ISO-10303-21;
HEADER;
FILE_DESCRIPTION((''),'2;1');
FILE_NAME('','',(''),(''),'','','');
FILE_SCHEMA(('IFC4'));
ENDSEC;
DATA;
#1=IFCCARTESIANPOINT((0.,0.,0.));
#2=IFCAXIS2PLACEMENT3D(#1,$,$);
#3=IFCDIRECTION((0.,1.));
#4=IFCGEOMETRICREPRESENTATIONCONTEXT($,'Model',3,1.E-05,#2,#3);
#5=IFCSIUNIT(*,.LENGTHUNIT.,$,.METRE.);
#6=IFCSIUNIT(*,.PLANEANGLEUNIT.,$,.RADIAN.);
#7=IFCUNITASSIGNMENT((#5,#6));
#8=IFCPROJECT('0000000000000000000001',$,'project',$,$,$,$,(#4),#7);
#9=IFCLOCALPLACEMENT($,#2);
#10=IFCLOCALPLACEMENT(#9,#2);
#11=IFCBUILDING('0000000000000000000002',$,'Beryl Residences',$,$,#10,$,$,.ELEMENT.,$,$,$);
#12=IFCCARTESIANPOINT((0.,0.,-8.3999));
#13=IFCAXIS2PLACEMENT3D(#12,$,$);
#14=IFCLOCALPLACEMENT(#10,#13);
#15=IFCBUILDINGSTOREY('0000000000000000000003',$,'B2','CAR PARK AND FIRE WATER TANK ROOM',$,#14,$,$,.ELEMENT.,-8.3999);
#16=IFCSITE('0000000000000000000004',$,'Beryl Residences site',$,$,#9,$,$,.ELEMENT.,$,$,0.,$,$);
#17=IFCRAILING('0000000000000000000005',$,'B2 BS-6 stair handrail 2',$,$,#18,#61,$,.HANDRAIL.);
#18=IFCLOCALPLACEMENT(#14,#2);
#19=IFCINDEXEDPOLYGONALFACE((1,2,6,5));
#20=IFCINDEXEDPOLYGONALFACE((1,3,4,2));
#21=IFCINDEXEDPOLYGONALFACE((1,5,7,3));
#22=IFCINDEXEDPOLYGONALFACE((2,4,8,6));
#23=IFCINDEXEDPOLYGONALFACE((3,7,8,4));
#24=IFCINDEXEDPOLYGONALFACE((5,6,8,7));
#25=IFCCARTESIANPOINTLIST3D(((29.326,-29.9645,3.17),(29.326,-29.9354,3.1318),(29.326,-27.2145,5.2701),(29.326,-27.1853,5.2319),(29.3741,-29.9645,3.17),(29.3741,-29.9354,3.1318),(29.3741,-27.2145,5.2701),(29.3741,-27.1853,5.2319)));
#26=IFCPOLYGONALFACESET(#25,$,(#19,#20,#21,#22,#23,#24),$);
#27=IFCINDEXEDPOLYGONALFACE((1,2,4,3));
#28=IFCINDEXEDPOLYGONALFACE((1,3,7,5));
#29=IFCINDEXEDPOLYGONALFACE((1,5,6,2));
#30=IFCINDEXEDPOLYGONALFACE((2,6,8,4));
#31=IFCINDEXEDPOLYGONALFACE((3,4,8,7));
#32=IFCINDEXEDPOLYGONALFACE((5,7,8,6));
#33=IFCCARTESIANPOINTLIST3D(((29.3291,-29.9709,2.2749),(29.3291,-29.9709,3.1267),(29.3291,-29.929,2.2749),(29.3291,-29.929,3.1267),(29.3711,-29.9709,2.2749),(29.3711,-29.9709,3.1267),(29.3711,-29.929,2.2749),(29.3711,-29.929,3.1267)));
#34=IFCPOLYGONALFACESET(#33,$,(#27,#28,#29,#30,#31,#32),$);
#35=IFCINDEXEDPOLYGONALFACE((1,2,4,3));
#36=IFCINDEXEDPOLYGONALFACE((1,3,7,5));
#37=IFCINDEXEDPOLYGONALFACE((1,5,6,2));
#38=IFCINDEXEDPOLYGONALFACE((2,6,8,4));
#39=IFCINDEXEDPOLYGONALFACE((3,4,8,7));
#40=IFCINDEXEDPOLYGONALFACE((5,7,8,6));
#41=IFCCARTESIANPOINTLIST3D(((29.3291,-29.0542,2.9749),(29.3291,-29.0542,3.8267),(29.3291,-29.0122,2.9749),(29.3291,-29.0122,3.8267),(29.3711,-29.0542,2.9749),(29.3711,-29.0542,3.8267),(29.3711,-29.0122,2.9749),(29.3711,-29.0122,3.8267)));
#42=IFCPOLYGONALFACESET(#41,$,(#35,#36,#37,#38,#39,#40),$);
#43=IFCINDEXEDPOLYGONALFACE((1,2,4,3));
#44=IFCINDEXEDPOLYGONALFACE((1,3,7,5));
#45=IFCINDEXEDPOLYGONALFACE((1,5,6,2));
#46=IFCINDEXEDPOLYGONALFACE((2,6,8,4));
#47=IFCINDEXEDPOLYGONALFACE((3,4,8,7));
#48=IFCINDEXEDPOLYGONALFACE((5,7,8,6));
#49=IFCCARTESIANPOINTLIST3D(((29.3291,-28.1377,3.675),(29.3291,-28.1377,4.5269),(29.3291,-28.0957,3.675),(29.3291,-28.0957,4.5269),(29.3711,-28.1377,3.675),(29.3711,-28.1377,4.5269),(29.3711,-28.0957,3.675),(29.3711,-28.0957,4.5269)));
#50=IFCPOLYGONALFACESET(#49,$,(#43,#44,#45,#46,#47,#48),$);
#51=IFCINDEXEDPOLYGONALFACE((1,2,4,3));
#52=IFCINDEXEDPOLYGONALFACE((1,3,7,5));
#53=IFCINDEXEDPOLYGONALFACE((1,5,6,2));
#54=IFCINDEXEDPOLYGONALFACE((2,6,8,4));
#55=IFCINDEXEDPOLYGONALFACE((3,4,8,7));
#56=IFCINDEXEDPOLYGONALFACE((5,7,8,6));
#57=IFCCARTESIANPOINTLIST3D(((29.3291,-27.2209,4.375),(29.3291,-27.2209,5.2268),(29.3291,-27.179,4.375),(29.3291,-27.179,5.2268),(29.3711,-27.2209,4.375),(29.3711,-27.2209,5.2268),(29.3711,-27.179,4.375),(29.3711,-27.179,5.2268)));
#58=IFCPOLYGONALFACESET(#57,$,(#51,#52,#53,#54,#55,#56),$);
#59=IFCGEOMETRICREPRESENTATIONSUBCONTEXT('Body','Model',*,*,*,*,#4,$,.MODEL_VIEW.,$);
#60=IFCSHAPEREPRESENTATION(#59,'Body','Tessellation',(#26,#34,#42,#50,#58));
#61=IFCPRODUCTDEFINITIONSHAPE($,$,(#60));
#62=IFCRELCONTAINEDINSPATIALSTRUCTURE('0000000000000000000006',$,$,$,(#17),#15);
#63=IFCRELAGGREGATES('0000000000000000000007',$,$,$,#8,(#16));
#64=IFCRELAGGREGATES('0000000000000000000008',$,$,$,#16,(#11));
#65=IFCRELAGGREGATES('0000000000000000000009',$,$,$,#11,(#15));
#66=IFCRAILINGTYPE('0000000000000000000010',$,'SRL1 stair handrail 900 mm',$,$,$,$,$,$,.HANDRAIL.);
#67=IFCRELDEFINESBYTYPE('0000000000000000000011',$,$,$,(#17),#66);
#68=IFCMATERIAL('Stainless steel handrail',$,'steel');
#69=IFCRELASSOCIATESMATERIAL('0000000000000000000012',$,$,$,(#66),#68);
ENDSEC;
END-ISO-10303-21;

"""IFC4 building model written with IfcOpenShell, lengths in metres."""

from ifc_helpers import new_model, si_unit, direction, frame, origin, origin_2d, place, context, subcontext, project, spatial, rectangle, extrude, material, type_object, element, save


model = new_model("IFC4")

# Units and contexts
model_context = context("Model", 3, precision=1e-05, world=origin(), true_north=direction((0.0, 1.0)))
body_context = subcontext(model_context, "Body", "Model", "MODEL_VIEW")
ifc_project = project(units=[si_unit("LENGTHUNIT", "METRE"), si_unit("PLANEANGLEUNIT", "RADIAN")], contexts=[model_context])

# Site, building, storey
site_placement = place(None, origin())
site = spatial("IfcSite", under=ifc_project, at=site_placement, Name="Beryl Residences site", CompositionType="ELEMENT", RefElevation=0.0)
building_placement = place(site_placement, origin())
building = spatial("IfcBuilding", under=site, at=building_placement, Name="Beryl Residences", CompositionType="ELEMENT")
storey_placement = place(building_placement, frame((0.0, 0.0, -8.3999)))
storey = spatial("IfcBuildingStorey", under=building, at=storey_placement, Name="B2", Description="CAR PARK AND FIRE WATER TANK ROOM", CompositionType="ELEMENT", Elevation=-8.3999)

# Railing
ifc_material_1 = material(Name="Stainless steel handrail", Category="steel")
railing_type_1 = type_object("IfcRailingType", Name="SRL1 stair handrail 900 mm", PredefinedType="HANDRAIL", material=ifc_material_1)
railing_1_placement = place(storey_placement, frame((29.3501, -29.95, 2.2749)))
element("IfcRailing", 1, at=railing_1_placement, inside=storey, type_object=railing_type_1, Name="B2 BS-6 stair handrail 2", PredefinedType="HANDRAIL", context=body_context, shape_type="SweptSolid", body=[
    extrude(rectangle(XDim=0.0481, YDim=0.0481, at=origin_2d()), frame((0.0, 0.0, 0.876), z_axis=(0.0, 0.794754, 0.606931), x_axis=(-1.0, 0.0, 0.0)), (0.0, 0.0, 1.0), 3.4602),
    extrude(rectangle(XDim=0.042, YDim=0.042, at=origin_2d()), origin(), (0.0, 0.0, 1.0), 0.8518),
    extrude(rectangle(XDim=0.042, YDim=0.042, at=origin_2d()), frame((0.0, 0.9167, 0.7)), (0.0, 0.0, 1.0), 0.8518),
    extrude(rectangle(XDim=0.042, YDim=0.042, at=origin_2d()), frame((0.0, 1.8333, 1.4001)), (0.0, 0.0, 1.0), 0.8518),
    extrude(rectangle(XDim=0.042, YDim=0.042, at=origin_2d()), frame((0.0, 2.75, 2.1001)), (0.0, 0.0, 1.0), 0.8518),
])

save(model, "model.ifc")
